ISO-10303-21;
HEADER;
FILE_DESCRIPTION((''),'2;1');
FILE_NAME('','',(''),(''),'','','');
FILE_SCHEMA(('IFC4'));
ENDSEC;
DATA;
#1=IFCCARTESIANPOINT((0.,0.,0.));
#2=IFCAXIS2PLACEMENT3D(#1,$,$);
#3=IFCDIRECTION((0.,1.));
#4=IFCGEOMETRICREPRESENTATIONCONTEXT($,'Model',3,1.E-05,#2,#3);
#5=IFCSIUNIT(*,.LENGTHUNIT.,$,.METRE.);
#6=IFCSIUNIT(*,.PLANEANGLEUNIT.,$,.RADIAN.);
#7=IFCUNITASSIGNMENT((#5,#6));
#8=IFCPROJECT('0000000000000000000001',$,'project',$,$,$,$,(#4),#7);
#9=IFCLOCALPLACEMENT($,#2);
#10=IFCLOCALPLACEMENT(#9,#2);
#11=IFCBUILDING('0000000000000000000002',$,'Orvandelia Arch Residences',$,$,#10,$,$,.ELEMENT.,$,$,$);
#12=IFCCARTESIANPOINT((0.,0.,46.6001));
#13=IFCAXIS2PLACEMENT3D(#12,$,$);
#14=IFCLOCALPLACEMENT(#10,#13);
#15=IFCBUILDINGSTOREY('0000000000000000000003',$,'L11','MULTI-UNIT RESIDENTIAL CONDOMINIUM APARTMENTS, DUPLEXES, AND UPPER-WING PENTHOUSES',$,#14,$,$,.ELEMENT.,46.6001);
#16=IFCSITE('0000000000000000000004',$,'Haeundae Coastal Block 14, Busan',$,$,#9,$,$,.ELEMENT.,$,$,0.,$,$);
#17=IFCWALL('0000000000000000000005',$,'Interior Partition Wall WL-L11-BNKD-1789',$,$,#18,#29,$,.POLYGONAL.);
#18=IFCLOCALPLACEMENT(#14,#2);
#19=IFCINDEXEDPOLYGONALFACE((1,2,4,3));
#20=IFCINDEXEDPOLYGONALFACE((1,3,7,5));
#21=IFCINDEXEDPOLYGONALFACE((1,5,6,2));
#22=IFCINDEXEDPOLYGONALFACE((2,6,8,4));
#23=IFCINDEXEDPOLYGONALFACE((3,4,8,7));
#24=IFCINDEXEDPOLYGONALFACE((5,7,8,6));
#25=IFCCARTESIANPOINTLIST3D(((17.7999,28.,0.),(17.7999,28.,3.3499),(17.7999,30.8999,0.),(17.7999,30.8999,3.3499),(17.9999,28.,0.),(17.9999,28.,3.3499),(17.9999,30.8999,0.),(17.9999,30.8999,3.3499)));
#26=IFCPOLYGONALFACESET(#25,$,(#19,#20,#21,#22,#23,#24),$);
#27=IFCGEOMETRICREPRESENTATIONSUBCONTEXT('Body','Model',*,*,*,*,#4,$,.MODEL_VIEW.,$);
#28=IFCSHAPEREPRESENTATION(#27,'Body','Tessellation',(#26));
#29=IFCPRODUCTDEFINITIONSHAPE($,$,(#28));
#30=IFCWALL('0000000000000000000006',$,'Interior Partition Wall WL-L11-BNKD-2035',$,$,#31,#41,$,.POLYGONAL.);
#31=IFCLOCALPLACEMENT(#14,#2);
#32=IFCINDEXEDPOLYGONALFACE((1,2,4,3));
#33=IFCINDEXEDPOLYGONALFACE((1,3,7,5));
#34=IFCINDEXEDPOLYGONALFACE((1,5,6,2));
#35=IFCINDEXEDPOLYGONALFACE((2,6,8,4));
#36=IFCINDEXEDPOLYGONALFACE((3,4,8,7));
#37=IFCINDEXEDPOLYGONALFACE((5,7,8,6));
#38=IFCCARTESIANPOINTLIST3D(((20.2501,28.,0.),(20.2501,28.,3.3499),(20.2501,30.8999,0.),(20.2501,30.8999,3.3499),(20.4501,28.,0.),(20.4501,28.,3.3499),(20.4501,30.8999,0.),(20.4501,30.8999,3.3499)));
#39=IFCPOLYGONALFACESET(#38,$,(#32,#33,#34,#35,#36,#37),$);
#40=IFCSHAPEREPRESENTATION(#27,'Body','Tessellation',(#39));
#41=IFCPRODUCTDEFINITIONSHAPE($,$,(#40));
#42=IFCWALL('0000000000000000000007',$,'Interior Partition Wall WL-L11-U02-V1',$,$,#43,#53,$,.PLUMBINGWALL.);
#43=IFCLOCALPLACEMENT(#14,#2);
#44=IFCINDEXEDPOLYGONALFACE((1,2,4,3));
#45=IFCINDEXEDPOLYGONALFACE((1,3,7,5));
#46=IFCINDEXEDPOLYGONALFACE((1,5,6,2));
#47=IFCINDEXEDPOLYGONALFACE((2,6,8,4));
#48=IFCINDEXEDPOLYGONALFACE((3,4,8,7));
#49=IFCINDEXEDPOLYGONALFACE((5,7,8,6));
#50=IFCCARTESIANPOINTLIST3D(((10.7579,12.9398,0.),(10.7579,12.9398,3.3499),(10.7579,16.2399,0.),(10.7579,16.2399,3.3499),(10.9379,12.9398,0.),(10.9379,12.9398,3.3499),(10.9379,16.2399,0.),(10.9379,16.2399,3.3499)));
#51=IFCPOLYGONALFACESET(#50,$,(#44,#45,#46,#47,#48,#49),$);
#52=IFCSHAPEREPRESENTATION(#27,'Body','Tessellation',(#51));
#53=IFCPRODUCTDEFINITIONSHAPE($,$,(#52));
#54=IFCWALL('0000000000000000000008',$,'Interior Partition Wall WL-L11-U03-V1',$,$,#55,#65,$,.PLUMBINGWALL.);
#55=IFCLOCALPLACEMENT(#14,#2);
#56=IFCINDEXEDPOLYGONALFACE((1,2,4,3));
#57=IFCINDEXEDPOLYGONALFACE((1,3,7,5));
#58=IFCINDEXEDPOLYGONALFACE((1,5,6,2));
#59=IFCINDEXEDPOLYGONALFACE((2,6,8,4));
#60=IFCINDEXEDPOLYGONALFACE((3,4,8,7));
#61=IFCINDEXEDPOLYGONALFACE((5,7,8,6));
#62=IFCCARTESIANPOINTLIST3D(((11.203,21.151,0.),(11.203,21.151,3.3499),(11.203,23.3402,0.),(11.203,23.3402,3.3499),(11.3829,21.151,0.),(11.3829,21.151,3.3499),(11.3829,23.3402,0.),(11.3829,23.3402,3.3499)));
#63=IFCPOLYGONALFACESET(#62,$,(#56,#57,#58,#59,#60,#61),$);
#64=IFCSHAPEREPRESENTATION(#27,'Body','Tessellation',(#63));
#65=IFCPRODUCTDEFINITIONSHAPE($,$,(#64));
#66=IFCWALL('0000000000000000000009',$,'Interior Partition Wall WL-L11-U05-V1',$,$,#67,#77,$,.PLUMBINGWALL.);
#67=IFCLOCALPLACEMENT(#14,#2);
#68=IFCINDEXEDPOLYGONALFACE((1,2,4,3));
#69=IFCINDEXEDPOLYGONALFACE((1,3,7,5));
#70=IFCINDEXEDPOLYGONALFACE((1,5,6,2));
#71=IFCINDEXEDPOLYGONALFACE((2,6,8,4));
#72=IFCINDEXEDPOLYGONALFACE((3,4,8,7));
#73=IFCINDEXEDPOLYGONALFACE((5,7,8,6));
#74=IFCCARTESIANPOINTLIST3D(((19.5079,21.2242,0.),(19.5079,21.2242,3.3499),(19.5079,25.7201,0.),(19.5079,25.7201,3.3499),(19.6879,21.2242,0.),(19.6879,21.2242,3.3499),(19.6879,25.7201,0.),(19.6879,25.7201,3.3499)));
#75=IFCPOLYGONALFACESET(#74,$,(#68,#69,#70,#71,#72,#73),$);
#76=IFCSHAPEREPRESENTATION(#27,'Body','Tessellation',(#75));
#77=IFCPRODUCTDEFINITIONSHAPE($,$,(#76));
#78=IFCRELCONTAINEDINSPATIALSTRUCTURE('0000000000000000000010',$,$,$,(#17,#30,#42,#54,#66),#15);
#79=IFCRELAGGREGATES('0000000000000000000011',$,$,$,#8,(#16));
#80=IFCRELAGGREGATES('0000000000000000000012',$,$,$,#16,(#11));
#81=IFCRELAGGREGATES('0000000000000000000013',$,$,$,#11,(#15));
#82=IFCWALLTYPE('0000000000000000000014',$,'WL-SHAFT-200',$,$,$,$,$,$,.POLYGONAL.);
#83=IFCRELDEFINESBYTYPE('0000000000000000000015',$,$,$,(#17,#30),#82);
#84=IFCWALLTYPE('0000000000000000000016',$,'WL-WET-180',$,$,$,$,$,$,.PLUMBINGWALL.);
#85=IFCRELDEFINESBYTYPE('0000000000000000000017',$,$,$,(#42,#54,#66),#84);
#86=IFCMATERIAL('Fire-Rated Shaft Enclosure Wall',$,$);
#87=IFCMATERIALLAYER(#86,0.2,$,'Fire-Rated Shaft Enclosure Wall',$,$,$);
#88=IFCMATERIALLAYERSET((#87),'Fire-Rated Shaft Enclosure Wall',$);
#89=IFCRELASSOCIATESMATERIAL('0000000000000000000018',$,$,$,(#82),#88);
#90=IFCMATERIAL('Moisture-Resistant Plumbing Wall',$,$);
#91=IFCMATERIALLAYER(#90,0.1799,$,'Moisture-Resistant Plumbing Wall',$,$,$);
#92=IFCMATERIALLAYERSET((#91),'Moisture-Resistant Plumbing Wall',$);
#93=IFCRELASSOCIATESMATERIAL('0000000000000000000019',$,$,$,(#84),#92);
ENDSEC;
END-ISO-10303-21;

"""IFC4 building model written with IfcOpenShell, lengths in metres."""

from ifc_helpers import new_model, si_unit, direction, frame, frame_2d, origin, place, context, subcontext, project, spatial, rectangle, extrude, material, layer, layer_set, type_object, element, save


model = new_model("IFC4")

# Units and contexts
model_context = context("Model", 3, precision=1e-05, world=origin(), true_north=direction((0.0, 1.0)))
body_context = subcontext(model_context, "Body", "Model", "MODEL_VIEW")
ifc_project = project(units=[si_unit("LENGTHUNIT", "METRE"), si_unit("PLANEANGLEUNIT", "RADIAN")], contexts=[model_context])

# Site, building, storey
site_placement = place(None, origin())
site = spatial("IfcSite", under=ifc_project, at=site_placement, Name="Haeundae Coastal Block 14, Busan", CompositionType="ELEMENT", RefElevation=0.0)
building_placement = place(site_placement, origin())
building = spatial("IfcBuilding", under=site, at=building_placement, Name="Orvandelia Arch Residences", CompositionType="ELEMENT")
storey_placement = place(building_placement, frame((0.0, 0.0, 46.6001)))
storey = spatial("IfcBuildingStorey", under=building, at=storey_placement, Name="L11", Description="MULTI-UNIT RESIDENTIAL CONDOMINIUM APARTMENTS, DUPLEXES, AND UPPER-WING PENTHOUSES", CompositionType="ELEMENT", Elevation=46.6001)

# Shared definitions
ifc_material_1 = material(Name="Fire-Rated Shaft Enclosure Wall")
ifc_layer_1 = layer(ifc_material_1, 0.2, Name="Fire-Rated Shaft Enclosure Wall")
ifc_layer_set_1 = layer_set([ifc_layer_1], Name="Fire-Rated Shaft Enclosure Wall")
wall_type_1 = type_object("IfcWallType", Name="WL-SHAFT-200", PredefinedType="POLYGONAL", material=ifc_layer_set_1)

# Walls
for number, where, z_axis, x_axis, name in (
    (1, (17.8999, 28.0, 0.0), (0.0, 0.0, 1.0), (0.0, 1.0, 0.0), "Interior Partition Wall WL-L11-BNKD-1789"),
    (2, (20.3501, 28.0, 0.0), (0.0, 0.0, 1.0), (0.0, 1.0, 0.0), "Interior Partition Wall WL-L11-BNKD-2035"),
):
    element("IfcWall", number, at=place(storey_placement, frame(where, z_axis=z_axis, x_axis=x_axis)), inside=storey, type_object=wall_type_1, Name=name, PredefinedType="POLYGONAL", context=body_context, shape_type="SweptSolid", body=[
        extrude(rectangle(XDim=2.8999, YDim=0.2, at=frame_2d((1.45, 0.0))), origin(), (0.0, 0.0, 1.0), 3.3499),
    ])
ifc_material_2 = material(Name="Moisture-Resistant Plumbing Wall")
ifc_layer_2 = layer(ifc_material_2, 0.1799, Name="Moisture-Resistant Plumbing Wall")
ifc_layer_set_2 = layer_set([ifc_layer_2], Name="Moisture-Resistant Plumbing Wall")
wall_type_2 = type_object("IfcWallType", Name="WL-WET-180", PredefinedType="PLUMBINGWALL", material=ifc_layer_set_2)
wall_1_placement = place(storey_placement, frame((10.8479, 12.9399, 0.0), z_axis=(0.0, 0.0, 1.0), x_axis=(0.0, 1.0, 0.0)))
element("IfcWall", 3, at=wall_1_placement, inside=storey, type_object=wall_type_2, Name="Interior Partition Wall WL-L11-U02-V1", PredefinedType="PLUMBINGWALL", context=body_context, shape_type="SweptSolid", body=[
    extrude(rectangle(XDim=3.3, YDim=0.1799, at=frame_2d((1.6499, 0.0))), origin(), (0.0, 0.0, 1.0), 3.3499),
])
wall_2_placement = place(storey_placement, frame((11.293, 21.1509, 0.0), z_axis=(0.0, 0.0, 1.0), x_axis=(0.0, 1.0, 0.0)))
element("IfcWall", 4, at=wall_2_placement, inside=storey, type_object=wall_type_2, Name="Interior Partition Wall WL-L11-U03-V1", PredefinedType="PLUMBINGWALL", context=body_context, shape_type="SweptSolid", body=[
    extrude(rectangle(XDim=2.1892, YDim=0.1799, at=frame_2d((1.0947, 0.0))), origin(), (0.0, 0.0, 1.0), 3.3499),
])

# Wall
wall_3_placement = place(storey_placement, frame((19.5979, 21.2241, 0.0), z_axis=(0.0, 0.0, 1.0), x_axis=(0.0, 1.0, 0.0)))
element("IfcWall", 5, at=wall_3_placement, inside=storey, type_object=wall_type_2, Name="Interior Partition Wall WL-L11-U05-V1", PredefinedType="PLUMBINGWALL", context=body_context, shape_type="SweptSolid", body=[
    extrude(rectangle(XDim=4.4958, YDim=0.1799, at=frame_2d((2.248, 0.0))), origin(), (0.0, 0.0, 1.0), 3.3499),
])

save(model, "model.ifc")
